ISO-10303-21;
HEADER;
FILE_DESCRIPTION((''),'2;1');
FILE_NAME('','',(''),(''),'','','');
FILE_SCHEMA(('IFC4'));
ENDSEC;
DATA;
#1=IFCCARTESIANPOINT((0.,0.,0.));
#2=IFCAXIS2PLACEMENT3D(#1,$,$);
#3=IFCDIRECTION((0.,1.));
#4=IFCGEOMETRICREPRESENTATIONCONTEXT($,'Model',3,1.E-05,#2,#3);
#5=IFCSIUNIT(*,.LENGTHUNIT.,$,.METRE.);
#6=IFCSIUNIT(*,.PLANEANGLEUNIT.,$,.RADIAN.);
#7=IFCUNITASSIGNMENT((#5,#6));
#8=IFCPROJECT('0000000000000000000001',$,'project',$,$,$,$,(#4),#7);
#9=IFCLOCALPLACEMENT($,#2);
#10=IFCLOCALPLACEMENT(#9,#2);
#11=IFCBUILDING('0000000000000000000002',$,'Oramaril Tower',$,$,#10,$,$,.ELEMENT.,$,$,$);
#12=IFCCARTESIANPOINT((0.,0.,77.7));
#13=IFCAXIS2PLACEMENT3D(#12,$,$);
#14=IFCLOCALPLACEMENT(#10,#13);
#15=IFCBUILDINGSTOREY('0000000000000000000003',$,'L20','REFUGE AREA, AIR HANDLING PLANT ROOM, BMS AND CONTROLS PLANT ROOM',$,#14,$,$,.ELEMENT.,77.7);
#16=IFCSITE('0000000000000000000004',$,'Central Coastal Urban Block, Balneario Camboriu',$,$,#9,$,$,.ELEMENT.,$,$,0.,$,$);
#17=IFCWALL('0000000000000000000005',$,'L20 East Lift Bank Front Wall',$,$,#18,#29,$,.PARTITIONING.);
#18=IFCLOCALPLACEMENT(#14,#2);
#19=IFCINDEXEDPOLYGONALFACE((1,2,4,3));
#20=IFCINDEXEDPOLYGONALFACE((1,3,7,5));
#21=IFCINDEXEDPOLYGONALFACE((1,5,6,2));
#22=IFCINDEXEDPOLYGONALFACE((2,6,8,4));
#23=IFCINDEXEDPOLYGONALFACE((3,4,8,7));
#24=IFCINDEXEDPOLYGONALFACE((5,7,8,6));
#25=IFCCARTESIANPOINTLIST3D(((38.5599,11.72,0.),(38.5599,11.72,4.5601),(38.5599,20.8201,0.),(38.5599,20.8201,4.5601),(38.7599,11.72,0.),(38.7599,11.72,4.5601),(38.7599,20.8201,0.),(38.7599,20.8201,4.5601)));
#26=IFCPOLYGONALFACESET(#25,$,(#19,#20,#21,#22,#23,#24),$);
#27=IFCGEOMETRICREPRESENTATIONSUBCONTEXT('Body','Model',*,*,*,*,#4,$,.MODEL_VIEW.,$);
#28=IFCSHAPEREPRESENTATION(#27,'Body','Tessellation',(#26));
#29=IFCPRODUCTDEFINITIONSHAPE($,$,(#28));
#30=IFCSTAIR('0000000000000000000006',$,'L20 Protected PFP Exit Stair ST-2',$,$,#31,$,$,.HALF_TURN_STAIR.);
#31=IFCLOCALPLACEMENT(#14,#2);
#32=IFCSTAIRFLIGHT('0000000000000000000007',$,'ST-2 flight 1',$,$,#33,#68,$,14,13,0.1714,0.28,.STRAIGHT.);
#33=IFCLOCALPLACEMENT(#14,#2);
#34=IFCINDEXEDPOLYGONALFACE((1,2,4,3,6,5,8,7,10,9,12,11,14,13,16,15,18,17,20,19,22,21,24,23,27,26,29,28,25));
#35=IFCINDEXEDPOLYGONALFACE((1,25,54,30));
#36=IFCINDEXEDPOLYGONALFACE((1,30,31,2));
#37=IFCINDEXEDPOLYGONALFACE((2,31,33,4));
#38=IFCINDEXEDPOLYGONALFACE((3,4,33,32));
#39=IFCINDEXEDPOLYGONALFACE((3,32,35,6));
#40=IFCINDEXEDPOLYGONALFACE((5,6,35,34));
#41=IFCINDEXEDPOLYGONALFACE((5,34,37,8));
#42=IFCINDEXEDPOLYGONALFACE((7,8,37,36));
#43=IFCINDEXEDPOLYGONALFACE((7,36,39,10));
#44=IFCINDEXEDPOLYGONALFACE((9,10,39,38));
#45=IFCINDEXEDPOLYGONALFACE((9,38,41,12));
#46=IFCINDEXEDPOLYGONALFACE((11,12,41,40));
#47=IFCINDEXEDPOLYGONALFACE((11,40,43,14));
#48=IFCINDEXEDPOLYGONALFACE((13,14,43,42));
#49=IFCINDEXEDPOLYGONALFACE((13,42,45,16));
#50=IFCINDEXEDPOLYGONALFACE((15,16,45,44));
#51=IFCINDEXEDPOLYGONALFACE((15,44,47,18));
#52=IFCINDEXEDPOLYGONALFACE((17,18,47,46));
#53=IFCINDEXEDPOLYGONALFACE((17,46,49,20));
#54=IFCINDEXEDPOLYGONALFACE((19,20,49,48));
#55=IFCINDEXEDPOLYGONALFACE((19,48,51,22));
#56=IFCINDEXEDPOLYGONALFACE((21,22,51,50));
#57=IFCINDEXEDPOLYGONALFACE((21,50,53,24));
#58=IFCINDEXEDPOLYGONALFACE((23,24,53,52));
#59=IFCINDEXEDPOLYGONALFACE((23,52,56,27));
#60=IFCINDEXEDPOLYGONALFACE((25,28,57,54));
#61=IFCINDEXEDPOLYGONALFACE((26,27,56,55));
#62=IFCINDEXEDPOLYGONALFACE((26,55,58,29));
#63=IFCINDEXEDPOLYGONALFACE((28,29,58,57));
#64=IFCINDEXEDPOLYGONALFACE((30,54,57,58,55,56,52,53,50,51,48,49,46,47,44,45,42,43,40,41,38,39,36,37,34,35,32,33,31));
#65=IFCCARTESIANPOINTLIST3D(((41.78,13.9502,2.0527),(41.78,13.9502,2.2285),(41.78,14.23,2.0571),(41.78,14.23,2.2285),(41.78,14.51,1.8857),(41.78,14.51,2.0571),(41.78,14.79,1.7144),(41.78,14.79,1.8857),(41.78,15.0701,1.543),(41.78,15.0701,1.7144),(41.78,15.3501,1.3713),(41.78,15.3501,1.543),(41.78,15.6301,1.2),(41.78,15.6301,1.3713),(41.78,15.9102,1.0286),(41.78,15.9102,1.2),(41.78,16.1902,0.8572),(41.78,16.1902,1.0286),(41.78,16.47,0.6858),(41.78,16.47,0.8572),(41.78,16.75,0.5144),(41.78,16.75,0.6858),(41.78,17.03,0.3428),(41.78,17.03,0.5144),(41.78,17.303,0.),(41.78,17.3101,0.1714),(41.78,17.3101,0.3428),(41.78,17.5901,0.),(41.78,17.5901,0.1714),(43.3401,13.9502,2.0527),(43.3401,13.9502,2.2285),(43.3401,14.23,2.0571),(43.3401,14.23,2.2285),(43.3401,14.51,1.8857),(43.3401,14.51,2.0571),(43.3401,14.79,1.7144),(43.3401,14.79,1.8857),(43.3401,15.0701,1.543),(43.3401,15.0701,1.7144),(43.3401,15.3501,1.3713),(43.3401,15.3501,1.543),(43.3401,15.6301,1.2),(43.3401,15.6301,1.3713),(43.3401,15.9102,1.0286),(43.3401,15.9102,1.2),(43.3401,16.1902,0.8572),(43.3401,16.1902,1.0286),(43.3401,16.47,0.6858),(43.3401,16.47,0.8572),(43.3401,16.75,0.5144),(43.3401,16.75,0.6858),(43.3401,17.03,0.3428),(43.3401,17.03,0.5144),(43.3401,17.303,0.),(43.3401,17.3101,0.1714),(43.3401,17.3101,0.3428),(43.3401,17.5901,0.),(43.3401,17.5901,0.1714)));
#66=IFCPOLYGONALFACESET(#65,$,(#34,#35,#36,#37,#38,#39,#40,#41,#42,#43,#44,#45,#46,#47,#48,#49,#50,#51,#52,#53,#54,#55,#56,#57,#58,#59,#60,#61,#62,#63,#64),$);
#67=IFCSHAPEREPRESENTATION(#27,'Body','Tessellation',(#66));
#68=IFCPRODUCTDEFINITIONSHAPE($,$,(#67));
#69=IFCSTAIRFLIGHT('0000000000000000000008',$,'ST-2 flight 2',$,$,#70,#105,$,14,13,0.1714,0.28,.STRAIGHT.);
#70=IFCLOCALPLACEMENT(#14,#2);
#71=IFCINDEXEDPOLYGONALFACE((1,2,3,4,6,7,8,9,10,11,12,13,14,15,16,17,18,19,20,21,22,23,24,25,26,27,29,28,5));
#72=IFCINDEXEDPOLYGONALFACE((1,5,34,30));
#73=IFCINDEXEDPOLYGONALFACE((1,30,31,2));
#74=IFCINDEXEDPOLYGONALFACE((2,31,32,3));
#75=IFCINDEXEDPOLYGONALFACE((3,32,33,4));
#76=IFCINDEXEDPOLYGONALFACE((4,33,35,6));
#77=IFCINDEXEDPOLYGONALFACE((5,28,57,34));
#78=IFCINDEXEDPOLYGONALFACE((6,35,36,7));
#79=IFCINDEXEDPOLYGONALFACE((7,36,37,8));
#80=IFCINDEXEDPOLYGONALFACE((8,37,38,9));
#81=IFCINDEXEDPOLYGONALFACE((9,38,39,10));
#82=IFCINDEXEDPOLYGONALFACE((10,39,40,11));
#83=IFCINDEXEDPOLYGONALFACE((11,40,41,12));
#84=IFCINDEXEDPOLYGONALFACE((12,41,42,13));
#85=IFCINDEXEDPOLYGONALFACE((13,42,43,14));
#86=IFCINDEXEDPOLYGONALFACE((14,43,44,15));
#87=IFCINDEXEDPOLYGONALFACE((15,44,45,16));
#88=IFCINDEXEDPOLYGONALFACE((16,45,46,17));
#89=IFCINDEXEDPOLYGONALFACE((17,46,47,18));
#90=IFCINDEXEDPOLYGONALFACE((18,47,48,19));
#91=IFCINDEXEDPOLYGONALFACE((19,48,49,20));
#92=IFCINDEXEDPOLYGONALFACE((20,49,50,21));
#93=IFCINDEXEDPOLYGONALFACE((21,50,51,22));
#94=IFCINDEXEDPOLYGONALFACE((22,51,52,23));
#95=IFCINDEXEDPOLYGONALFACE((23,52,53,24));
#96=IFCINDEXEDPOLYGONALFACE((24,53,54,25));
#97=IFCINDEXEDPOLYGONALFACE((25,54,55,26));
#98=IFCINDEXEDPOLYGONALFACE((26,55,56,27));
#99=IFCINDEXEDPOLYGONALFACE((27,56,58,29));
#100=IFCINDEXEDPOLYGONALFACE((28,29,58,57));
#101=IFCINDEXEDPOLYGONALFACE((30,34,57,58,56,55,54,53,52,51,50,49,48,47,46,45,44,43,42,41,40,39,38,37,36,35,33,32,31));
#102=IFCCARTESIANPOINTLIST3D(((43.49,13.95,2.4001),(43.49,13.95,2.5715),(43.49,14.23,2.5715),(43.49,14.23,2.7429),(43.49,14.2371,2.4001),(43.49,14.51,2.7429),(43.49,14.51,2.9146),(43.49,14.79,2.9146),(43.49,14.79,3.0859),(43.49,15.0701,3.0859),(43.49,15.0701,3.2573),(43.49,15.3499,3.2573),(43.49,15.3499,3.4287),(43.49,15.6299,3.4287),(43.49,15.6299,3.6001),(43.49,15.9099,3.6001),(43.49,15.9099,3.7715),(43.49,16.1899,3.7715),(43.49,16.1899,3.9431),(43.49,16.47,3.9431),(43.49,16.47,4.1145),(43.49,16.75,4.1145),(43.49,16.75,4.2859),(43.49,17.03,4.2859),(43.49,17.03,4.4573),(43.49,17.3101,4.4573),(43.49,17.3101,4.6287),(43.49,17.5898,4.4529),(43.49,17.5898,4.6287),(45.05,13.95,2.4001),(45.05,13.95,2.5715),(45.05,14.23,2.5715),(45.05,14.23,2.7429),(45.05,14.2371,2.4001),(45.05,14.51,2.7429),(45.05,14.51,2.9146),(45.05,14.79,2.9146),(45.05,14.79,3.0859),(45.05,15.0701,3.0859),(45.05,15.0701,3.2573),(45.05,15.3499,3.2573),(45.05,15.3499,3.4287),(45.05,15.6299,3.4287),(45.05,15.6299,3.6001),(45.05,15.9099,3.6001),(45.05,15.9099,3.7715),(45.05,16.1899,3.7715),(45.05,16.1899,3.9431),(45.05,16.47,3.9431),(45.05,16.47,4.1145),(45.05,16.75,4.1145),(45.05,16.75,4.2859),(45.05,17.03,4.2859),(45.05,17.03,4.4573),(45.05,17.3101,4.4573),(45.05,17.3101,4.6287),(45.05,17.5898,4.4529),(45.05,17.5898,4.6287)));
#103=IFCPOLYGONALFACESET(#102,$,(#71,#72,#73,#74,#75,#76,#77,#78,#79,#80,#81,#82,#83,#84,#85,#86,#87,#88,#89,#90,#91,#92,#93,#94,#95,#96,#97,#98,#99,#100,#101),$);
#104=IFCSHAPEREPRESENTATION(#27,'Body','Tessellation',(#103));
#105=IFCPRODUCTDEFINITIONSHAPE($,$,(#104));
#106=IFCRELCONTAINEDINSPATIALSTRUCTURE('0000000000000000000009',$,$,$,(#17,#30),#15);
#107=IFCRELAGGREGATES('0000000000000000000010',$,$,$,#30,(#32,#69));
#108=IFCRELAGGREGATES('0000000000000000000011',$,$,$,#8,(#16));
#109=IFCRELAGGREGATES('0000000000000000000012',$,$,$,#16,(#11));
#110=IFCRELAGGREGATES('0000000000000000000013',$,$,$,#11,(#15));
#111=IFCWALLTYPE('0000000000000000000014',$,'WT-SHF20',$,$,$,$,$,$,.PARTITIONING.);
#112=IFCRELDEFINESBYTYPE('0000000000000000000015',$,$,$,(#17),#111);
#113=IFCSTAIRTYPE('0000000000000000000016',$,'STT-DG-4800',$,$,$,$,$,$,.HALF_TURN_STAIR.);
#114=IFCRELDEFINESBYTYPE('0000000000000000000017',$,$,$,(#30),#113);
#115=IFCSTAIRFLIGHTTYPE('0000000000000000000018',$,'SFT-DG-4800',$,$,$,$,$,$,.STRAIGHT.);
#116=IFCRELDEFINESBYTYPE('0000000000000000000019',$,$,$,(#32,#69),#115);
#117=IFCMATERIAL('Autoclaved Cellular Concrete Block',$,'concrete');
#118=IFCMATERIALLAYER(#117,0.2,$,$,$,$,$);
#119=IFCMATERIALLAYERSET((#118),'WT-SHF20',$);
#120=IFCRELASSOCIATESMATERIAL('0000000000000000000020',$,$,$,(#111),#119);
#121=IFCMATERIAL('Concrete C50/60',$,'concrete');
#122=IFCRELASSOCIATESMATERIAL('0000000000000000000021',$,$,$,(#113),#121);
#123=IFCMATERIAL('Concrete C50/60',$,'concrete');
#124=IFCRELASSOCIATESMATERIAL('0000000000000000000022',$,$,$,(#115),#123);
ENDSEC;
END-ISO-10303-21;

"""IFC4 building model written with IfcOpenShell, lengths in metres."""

from ifc_helpers import new_model, si_unit, direction, frame, frame_2d, origin, place, context, subcontext, project, spatial, polyline, rectangle, outline, extrude, material, layer, layer_set, type_object, element, aggregate, save


model = new_model("IFC4")

# Units and contexts
model_context = context("Model", 3, precision=1e-05, world=origin(), true_north=direction((0.0, 1.0)))
body_context = subcontext(model_context, "Body", "Model", "MODEL_VIEW")
ifc_project = project(units=[si_unit("LENGTHUNIT", "METRE"), si_unit("PLANEANGLEUNIT", "RADIAN")], contexts=[model_context])

# Site, building, storey
site_placement = place(None, origin())
site = spatial("IfcSite", under=ifc_project, at=site_placement, Name="Central Coastal Urban Block, Balneario Camboriu", CompositionType="ELEMENT", RefElevation=0.0)
building_placement = place(site_placement, origin())
building = spatial("IfcBuilding", under=site, at=building_placement, Name="Oramaril Tower", CompositionType="ELEMENT")
storey_placement = place(building_placement, frame((0.0, 0.0, 77.7)))
storey = spatial("IfcBuildingStorey", under=building, at=storey_placement, Name="L20", Description="REFUGE AREA, AIR HANDLING PLANT ROOM, BMS AND CONTROLS PLANT ROOM", CompositionType="ELEMENT", Elevation=77.7)

# Shared definitions
ifc_material_1 = material(Name="Autoclaved Cellular Concrete Block", Category="concrete")
ifc_layer_1 = layer(ifc_material_1, 0.2)
ifc_layer_set_1 = layer_set([ifc_layer_1], Name="WT-SHF20")
wall_type_1 = type_object("IfcWallType", Name="WT-SHF20", PredefinedType="PARTITIONING", material=ifc_layer_set_1)

# Wall
wall_1_placement = place(storey_placement, frame((38.6599, 11.72, 0.0), z_axis=(0.0, 0.0, 1.0), x_axis=(0.0, 1.0, 0.0)))
element("IfcWall", 1, at=wall_1_placement, inside=storey, type_object=wall_type_1, Name="L20 East Lift Bank Front Wall", PredefinedType="PARTITIONING", context=body_context, shape_type="SweptSolid", body=[
    extrude(rectangle(XDim=9.1001, YDim=0.2, at=frame_2d((4.55, 0.0))), origin(), (0.0, 0.0, 1.0), 4.5601),
])

# Stair, stair flights
ifc_material_2 = material(Name="Concrete C50/60", Category="concrete")
stair_type = type_object("IfcStairType", Name="STT-DG-4800", PredefinedType="HALF_TURN_STAIR", material=ifc_material_2)
stair_placement = place(storey_placement, origin())
stair = element("IfcStair", 2, at=stair_placement, inside=storey, type_object=stair_type, Name="L20 Protected PFP Exit Stair ST-2", PredefinedType="HALF_TURN_STAIR")
ifc_material_3 = material(Name="Concrete C50/60", Category="concrete")
stair_flight_type = type_object("IfcStairFlightType", Name="SFT-DG-4800", PredefinedType="STRAIGHT", material=ifc_material_3)
stair_flight_1_placement = place(storey_placement, frame((42.5601, 17.5901, 0.0), z_axis=(0.0, 0.0, 1.0), x_axis=(0.0, -1.0, 0.0)))
stair_flight_1 = element("IfcStairFlight", 3, at=stair_flight_1_placement, type_object=stair_flight_type, Name="ST-2 flight 1", NumberOfRisers=14, NumberOfTreads=13, PredefinedType="STRAIGHT", RiserHeight=0.1714, TreadLength=0.28, context=body_context, shape_type="SweptSolid", body=[
    extrude(outline(polyline([(0.0, 0.0), (0.0, 0.1714), (0.28, 0.1714), (0.28, 0.3428), (0.5601, 0.3428), (0.5601, 0.5144), (0.8401, 0.5144), (0.8401, 0.6858), (1.1201, 0.6858), (1.1201, 0.8572), (1.3999, 0.8572), (1.3999, 1.0286), (1.6799, 1.0286), (1.6799, 1.2), (1.96, 1.2), (1.96, 1.3713), (2.24, 1.3713), (2.24, 1.543), (2.52, 1.543), (2.52, 1.7144), (2.8, 1.7144), (2.8, 1.8857), (3.0801, 1.8857), (3.0801, 2.0571), (3.3601, 2.0571), (3.3601, 2.2285), (3.6399, 2.2285), (3.6399, 2.3999), (3.6399, 2.0527), (0.2871, 0.0), (0.0, 0.0)])), frame((0.0, 0.78, 0.0), z_axis=(0.0, -1.0, 0.0), x_axis=(1.0, 0.0, 0.0)), (0.0, 0.0, 1.0), 1.5601),
])
stair_flight_2_placement = place(storey_placement, frame((44.27, 13.95, 2.4001), z_axis=(0.0, 0.0, 1.0), x_axis=(0.0, 1.0, 0.0)))
stair_flight_2 = element("IfcStairFlight", 4, at=stair_flight_2_placement, type_object=stair_flight_type, Name="ST-2 flight 2", NumberOfRisers=14, NumberOfTreads=13, PredefinedType="STRAIGHT", RiserHeight=0.1714, TreadLength=0.28, context=body_context, shape_type="SweptSolid", body=[
    extrude(outline(polyline([(0.0, 0.0), (0.0, 0.1714), (0.28, 0.1714), (0.28, 0.3428), (0.5601, 0.3428), (0.5601, 0.5144), (0.8401, 0.5144), (0.8401, 0.6858), (1.1201, 0.6858), (1.1201, 0.8572), (1.3999, 0.8572), (1.3999, 1.0286), (1.6799, 1.0286), (1.6799, 1.2), (1.96, 1.2), (1.96, 1.3713), (2.24, 1.3713), (2.24, 1.543), (2.52, 1.543), (2.52, 1.7144), (2.8, 1.7144), (2.8, 1.8857), (3.0801, 1.8857), (3.0801, 2.0571), (3.3601, 2.0571), (3.3601, 2.2285), (3.6399, 2.2285), (3.6399, 2.3999), (3.6399, 2.0527), (0.2871, 0.0), (0.0, 0.0)])), frame((0.0, 0.78, 0.0), z_axis=(0.0, -1.0, 0.0), x_axis=(1.0, 0.0, 0.0)), (0.0, 0.0, 1.0), 1.5601),
])
aggregate(stair, [stair_flight_1, stair_flight_2])

save(model, "model.ifc")
